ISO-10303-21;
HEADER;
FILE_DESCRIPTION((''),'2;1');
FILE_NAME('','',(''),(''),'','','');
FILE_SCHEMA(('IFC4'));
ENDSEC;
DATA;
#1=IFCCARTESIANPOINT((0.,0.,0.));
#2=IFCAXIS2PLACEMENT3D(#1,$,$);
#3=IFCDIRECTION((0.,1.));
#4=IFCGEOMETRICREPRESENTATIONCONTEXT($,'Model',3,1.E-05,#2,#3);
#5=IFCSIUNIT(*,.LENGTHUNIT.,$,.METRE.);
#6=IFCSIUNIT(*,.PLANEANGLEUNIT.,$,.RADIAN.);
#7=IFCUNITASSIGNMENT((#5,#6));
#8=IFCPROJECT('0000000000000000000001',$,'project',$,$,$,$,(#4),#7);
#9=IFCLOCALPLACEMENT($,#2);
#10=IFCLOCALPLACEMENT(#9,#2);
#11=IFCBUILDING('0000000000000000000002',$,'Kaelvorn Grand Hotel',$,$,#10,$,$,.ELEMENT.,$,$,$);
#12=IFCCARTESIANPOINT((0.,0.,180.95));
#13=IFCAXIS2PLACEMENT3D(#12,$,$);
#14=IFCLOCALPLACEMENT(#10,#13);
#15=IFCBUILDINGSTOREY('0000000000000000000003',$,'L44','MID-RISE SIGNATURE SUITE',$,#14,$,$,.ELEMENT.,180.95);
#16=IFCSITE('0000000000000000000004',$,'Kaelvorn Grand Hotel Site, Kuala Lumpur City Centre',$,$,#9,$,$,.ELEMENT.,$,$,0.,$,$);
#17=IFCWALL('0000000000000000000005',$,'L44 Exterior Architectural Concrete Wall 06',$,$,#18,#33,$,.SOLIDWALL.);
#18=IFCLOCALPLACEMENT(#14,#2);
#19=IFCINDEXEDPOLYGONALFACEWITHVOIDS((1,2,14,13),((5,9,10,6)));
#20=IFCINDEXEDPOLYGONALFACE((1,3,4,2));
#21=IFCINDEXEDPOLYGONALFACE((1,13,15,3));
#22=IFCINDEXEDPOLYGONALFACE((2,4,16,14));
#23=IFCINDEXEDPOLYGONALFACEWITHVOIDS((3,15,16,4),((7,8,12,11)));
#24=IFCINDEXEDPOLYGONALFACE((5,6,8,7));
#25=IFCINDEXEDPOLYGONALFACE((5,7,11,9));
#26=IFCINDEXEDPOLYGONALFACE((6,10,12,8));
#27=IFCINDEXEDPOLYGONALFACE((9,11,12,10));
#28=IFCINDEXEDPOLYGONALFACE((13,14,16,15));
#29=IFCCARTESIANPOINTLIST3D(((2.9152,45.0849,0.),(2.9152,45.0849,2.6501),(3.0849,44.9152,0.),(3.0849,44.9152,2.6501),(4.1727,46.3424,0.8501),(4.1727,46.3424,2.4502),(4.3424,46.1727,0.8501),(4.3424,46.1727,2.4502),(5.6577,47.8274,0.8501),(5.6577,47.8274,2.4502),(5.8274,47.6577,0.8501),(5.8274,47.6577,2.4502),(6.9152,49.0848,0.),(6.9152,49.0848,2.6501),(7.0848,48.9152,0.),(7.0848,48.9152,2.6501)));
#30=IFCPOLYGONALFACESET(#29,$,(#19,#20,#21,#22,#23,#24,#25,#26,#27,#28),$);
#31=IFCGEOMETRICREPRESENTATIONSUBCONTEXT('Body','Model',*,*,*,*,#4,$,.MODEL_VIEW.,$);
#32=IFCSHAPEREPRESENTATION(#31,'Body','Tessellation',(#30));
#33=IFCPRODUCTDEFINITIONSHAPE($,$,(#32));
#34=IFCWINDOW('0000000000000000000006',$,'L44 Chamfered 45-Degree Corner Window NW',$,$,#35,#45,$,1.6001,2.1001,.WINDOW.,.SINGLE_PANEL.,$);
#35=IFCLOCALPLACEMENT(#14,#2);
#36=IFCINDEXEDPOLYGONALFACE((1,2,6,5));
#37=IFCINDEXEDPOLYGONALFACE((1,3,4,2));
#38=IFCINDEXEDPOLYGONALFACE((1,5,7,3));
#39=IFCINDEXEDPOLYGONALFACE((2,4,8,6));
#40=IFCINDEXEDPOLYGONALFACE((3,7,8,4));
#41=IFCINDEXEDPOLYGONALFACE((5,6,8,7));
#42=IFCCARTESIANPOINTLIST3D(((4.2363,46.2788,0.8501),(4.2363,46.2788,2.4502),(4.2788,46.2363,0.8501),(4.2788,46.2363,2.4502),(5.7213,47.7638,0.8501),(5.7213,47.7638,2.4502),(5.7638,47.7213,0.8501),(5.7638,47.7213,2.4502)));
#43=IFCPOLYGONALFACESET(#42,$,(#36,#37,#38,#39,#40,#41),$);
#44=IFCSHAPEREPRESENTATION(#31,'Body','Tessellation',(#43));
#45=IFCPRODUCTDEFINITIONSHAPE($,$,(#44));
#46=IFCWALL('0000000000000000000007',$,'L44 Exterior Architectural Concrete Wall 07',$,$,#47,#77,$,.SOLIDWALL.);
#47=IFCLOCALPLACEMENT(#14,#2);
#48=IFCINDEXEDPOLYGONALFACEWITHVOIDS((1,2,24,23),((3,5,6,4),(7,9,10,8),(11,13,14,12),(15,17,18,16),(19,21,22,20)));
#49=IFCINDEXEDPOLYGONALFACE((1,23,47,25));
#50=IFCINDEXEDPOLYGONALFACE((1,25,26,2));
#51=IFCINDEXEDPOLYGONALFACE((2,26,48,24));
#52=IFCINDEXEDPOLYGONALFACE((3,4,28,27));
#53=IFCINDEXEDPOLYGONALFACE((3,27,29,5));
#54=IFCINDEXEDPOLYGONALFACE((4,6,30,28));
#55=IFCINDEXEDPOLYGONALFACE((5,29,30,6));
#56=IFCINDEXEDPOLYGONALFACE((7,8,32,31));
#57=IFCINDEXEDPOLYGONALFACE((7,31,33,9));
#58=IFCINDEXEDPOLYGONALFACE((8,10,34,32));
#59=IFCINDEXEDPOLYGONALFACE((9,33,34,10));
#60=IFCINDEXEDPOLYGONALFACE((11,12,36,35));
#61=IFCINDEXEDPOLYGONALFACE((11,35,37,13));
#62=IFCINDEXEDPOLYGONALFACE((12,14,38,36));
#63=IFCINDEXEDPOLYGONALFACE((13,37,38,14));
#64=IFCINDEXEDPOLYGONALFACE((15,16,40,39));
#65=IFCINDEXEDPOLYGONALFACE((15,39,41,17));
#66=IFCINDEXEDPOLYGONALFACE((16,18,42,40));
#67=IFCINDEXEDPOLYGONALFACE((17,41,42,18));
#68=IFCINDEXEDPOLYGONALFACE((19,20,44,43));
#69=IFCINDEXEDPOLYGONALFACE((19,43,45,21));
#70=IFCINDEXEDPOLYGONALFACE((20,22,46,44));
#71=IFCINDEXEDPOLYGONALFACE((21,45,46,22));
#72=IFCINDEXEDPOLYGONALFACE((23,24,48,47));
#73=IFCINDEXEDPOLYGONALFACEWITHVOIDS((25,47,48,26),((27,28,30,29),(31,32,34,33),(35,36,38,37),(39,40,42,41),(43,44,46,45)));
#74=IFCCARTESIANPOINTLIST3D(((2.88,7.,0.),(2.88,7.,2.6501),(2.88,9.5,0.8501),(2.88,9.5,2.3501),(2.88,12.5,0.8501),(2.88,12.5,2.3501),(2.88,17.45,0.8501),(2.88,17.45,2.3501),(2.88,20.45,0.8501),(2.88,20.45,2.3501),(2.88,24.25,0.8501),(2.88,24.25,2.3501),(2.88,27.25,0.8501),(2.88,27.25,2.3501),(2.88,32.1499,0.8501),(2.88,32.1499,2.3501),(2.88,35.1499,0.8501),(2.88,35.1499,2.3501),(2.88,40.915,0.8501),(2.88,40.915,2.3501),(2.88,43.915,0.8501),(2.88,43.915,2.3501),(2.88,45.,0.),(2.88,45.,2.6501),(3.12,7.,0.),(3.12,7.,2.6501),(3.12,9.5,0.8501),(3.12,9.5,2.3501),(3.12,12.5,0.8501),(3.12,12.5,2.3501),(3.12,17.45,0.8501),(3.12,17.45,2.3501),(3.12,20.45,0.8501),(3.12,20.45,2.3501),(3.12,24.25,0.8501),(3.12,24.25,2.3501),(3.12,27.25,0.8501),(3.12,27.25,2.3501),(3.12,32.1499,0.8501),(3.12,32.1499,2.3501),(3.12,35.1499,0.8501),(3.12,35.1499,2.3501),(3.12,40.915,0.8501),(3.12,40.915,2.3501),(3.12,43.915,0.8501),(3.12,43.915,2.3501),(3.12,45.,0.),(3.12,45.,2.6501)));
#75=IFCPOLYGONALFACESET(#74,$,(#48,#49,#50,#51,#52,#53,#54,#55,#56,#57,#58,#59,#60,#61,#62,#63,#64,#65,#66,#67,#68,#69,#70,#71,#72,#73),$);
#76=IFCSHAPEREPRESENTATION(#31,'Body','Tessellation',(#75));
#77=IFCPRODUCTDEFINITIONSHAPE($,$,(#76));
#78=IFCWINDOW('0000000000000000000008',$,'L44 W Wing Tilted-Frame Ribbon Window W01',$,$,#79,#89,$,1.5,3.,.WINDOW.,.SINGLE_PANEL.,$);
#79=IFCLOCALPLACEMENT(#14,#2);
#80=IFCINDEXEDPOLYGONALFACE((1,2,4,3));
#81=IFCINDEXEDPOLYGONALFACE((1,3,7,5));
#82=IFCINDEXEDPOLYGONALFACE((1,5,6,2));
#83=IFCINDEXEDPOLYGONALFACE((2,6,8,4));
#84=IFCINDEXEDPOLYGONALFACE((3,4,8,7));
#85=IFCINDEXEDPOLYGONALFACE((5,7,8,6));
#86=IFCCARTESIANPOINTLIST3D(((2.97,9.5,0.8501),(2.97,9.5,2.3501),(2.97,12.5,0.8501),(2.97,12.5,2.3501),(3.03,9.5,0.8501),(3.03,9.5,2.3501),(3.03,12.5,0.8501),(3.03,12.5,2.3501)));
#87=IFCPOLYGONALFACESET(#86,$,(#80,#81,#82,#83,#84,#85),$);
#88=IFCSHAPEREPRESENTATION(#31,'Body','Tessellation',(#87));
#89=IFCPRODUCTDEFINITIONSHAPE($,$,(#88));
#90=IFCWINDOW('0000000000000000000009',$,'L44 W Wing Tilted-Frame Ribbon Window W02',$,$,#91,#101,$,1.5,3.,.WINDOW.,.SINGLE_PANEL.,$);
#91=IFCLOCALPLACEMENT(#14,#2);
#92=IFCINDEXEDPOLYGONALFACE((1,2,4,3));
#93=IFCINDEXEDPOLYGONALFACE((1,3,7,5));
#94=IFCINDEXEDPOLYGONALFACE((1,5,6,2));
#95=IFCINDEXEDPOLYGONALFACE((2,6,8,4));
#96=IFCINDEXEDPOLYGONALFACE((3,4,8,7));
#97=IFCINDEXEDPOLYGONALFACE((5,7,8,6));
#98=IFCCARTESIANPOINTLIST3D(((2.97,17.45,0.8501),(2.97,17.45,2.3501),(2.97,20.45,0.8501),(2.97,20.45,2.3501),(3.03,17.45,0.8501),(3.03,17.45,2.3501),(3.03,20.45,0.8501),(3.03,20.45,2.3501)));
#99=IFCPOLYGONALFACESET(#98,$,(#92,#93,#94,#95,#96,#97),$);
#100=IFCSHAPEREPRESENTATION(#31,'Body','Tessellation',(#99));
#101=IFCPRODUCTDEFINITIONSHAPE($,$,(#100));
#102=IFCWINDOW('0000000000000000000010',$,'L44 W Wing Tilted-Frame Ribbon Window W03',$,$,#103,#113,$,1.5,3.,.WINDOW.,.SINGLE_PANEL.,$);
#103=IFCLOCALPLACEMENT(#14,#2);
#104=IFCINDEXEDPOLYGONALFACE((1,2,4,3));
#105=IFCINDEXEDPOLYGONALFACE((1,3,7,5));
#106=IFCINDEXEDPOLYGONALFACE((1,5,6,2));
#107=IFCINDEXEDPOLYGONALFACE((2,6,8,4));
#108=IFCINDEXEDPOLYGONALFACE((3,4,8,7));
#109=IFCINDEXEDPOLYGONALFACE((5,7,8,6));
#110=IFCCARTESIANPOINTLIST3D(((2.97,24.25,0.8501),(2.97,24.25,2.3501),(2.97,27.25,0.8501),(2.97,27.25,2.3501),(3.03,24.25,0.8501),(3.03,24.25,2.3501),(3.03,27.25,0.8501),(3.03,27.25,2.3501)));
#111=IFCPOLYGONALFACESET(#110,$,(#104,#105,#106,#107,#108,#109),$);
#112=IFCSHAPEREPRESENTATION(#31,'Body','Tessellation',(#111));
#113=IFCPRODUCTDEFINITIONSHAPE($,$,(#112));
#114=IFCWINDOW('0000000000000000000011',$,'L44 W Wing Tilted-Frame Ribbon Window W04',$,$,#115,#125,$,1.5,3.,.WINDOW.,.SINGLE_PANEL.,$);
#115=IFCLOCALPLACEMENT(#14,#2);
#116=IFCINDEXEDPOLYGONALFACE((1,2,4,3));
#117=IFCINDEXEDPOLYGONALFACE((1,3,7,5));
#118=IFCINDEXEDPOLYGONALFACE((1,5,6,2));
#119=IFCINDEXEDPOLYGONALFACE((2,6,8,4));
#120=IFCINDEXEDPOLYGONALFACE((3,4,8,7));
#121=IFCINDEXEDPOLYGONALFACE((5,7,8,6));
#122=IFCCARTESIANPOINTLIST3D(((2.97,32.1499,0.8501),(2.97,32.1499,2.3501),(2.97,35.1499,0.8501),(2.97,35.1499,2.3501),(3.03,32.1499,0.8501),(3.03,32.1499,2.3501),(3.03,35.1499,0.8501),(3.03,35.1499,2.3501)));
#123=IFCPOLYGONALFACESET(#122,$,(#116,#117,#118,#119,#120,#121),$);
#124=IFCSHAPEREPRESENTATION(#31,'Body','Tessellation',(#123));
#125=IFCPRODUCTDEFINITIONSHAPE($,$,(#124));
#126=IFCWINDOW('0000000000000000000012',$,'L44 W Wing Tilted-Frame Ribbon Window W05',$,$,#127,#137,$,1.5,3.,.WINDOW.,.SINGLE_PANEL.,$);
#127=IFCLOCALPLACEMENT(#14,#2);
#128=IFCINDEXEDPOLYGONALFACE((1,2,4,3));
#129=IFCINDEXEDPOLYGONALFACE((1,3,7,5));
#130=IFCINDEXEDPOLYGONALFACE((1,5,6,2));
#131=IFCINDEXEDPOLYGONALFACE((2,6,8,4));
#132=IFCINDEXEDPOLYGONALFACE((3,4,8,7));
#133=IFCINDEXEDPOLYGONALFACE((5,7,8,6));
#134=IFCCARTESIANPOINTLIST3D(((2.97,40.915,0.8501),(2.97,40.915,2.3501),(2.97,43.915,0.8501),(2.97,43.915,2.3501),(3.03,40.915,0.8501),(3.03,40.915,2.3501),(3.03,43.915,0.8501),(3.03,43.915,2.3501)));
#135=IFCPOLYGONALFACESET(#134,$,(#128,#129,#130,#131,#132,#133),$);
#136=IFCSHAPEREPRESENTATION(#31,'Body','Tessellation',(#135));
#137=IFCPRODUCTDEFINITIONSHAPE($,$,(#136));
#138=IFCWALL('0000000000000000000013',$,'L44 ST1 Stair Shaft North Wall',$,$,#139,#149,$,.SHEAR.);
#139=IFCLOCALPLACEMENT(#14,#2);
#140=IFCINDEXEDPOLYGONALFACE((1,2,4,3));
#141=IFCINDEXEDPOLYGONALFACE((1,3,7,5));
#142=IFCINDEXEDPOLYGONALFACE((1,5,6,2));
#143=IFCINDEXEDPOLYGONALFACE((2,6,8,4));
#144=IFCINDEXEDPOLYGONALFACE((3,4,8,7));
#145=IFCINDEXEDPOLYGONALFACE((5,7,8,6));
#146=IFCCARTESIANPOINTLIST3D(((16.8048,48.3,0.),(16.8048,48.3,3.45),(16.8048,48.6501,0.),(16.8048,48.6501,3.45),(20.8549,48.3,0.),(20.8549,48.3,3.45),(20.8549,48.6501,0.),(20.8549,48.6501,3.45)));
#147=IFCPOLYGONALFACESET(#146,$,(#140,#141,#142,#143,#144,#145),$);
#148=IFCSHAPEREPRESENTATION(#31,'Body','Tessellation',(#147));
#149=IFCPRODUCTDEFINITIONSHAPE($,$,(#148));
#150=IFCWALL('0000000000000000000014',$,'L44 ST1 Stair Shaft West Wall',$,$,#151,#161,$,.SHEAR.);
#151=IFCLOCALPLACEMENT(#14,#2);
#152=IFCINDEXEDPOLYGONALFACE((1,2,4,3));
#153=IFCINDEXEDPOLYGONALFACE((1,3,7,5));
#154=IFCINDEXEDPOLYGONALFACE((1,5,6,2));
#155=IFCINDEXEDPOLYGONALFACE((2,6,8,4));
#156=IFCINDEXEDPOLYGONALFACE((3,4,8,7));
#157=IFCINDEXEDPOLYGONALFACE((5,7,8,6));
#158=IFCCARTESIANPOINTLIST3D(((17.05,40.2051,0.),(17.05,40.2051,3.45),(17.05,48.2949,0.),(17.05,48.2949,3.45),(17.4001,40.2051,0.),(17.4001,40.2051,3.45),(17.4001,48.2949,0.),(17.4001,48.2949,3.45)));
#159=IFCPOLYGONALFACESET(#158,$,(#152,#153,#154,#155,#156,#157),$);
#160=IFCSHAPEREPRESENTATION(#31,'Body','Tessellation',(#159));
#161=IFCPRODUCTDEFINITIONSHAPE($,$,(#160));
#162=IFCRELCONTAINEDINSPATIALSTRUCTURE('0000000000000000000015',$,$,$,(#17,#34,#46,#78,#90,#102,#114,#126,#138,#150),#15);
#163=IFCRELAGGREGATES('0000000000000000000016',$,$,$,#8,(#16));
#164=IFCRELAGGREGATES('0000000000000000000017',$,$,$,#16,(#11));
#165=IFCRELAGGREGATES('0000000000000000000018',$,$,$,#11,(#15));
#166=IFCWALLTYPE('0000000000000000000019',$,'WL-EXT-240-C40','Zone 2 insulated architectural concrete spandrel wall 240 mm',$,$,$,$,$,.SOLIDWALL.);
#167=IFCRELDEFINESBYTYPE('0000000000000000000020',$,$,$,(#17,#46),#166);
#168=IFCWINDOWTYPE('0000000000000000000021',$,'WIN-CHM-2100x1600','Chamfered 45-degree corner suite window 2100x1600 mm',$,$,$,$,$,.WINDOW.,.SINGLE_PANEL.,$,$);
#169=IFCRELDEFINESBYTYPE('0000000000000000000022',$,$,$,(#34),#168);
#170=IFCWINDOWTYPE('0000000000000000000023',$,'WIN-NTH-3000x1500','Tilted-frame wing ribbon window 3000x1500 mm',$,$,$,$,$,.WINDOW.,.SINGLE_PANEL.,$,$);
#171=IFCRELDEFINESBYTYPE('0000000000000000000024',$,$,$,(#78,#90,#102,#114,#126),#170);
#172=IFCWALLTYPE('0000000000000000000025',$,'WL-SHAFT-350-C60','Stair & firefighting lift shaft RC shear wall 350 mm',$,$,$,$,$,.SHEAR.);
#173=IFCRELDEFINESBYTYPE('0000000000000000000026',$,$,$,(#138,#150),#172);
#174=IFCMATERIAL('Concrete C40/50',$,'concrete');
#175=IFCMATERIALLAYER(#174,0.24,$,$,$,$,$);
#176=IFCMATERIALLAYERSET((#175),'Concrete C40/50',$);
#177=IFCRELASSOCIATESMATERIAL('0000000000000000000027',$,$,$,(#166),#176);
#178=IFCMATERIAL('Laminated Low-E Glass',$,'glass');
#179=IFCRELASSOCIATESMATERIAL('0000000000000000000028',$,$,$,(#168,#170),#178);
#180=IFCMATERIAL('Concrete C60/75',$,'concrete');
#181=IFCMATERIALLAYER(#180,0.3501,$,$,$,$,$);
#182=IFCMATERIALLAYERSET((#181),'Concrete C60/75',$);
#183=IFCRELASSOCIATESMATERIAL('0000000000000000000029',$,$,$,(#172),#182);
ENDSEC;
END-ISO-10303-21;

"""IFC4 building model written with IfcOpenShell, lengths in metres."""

from ifc_helpers import new_model, si_unit, direction, frame, frame_2d, origin, place, context, subcontext, project, spatial, rectangle, extrude, material, layer, layer_set, type_object, element, fill, save


model = new_model("IFC4")

# Units and contexts
model_context = context("Model", 3, precision=1e-05, world=origin(), true_north=direction((0.0, 1.0)))
body_context = subcontext(model_context, "Body", "Model", "MODEL_VIEW")
ifc_project = project(units=[si_unit("LENGTHUNIT", "METRE"), si_unit("PLANEANGLEUNIT", "RADIAN")], contexts=[model_context])

# Site, building, storey
site_placement = place(None, origin())
site = spatial("IfcSite", under=ifc_project, at=site_placement, Name="Kaelvorn Grand Hotel Site, Kuala Lumpur City Centre", CompositionType="ELEMENT", RefElevation=0.0)
building_placement = place(site_placement, origin())
building = spatial("IfcBuilding", under=site, at=building_placement, Name="Kaelvorn Grand Hotel", CompositionType="ELEMENT")
storey_placement = place(building_placement, frame((0.0, 0.0, 180.95)))
storey = spatial("IfcBuildingStorey", under=building, at=storey_placement, Name="L44", Description="MID-RISE SIGNATURE SUITE", CompositionType="ELEMENT", Elevation=180.95)

# Shared definitions
ifc_material_1 = material(Name="Concrete C60/75", Category="concrete")

# Wall, opening, window
ifc_material_2 = material(Name="Concrete C40/50", Category="concrete")
ifc_layer_1 = layer(ifc_material_2, 0.24)
ifc_layer_set_1 = layer_set([ifc_layer_1], Name="Concrete C40/50")
wall_type_1 = type_object("IfcWallType", Name="WL-EXT-240-C40", Description="Zone 2 insulated architectural concrete spandrel wall 240 mm", PredefinedType="SOLIDWALL", material=ifc_layer_set_1)
wall_1_placement = place(storey_placement, frame((7.0, 49.0, 0.0), z_axis=(0.0, 0.0, 1.0), x_axis=(-0.707107, -0.707107, 0.0)))
wall_1 = element("IfcWall", 1, at=wall_1_placement, inside=storey, type_object=wall_type_1, Name="L44 Exterior Architectural Concrete Wall 06", PredefinedType="SOLIDWALL", context=body_context, shape_type="SweptSolid", body=[
    extrude(rectangle(XDim=5.6567, YDim=0.24, at=frame_2d((2.8284, 0.0))), origin(), (0.0, 0.0, 1.0), 2.6501),
])
opening_1_placement = place(wall_1_placement, frame((1.7783, 0.0, 0.8501)))
opening_1 = element("IfcOpeningElement", 2, at=opening_1_placement, cuts=wall_1, PredefinedType="OPENING", context=body_context, shape_type="SweptSolid", body=[
    extrude(rectangle(XDim=2.1001, YDim=1.6001, at=frame_2d((1.05, 0.8))), frame((0.0, 0.1299, 0.0), z_axis=(0.0, -1.0, 0.0), x_axis=(1.0, 0.0, 0.0)), (0.0, 0.0, 1.0), 0.26),
])
ifc_material_3 = material(Name="Laminated Low-E Glass", Category="glass")
window_type_1 = type_object("IfcWindowType", Name="WIN-CHM-2100x1600", Description="Chamfered 45-degree corner suite window 2100x1600 mm", PartitioningType="SINGLE_PANEL", PredefinedType="WINDOW", material=ifc_material_3)
window_1_placement = place(opening_1_placement, origin())
window_1 = element("IfcWindow", 3, at=window_1_placement, inside=storey, type_object=window_type_1, Name="L44 Chamfered 45-Degree Corner Window NW", OverallHeight=1.6001, OverallWidth=2.1001, PartitioningType="SINGLE_PANEL", PredefinedType="WINDOW", context=body_context, shape_type="SweptSolid", body=[
    extrude(rectangle(XDim=2.1001, YDim=1.6001, at=frame_2d((1.05, 0.8))), frame((0.0, 0.03, 0.0), z_axis=(0.0, -1.0, 0.0), x_axis=(1.0, 0.0, 0.0)), (0.0, 0.0, 1.0), 0.0601),
])
fill(opening_1, window_1)

# Wall, openings, windows
wall_2_placement = place(storey_placement, frame((3.0, 45.0, 0.0), z_axis=(0.0, 0.0, 1.0), x_axis=(0.0, -1.0, 0.0)))
wall_2 = element("IfcWall", 4, at=wall_2_placement, inside=storey, type_object=wall_type_1, Name="L44 Exterior Architectural Concrete Wall 07", PredefinedType="SOLIDWALL", context=body_context, shape_type="SweptSolid", body=[
    extrude(rectangle(XDim=38.0, YDim=0.24, at=frame_2d((19.0, 0.0))), origin(), (0.0, 0.0, 1.0), 2.6501),
])
opening_2_placement = place(wall_2_placement, frame((32.5, 0.0, 0.8501)))
opening_2 = element("IfcOpeningElement", 5, at=opening_2_placement, cuts=wall_2, PredefinedType="OPENING", context=body_context, shape_type="SweptSolid", body=[
    extrude(rectangle(XDim=3.0, YDim=1.5, at=frame_2d((1.5, 0.75))), frame((0.0, 0.1299, 0.0), z_axis=(0.0, -1.0, 0.0), x_axis=(1.0, 0.0, 0.0)), (0.0, 0.0, 1.0), 0.26),
])
opening_3_placement = place(wall_2_placement, frame((24.55, 0.0, 0.8501)))
opening_3 = element("IfcOpeningElement", 6, at=opening_3_placement, cuts=wall_2, PredefinedType="OPENING", context=body_context, shape_type="SweptSolid", body=[
    extrude(rectangle(XDim=3.0, YDim=1.5, at=frame_2d((1.5, 0.75))), frame((0.0, 0.1299, 0.0), z_axis=(0.0, -1.0, 0.0), x_axis=(1.0, 0.0, 0.0)), (0.0, 0.0, 1.0), 0.26),
])
opening_4_placement = place(wall_2_placement, frame((17.75, 0.0, 0.8501)))
opening_4 = element("IfcOpeningElement", 7, at=opening_4_placement, cuts=wall_2, PredefinedType="OPENING", context=body_context, shape_type="SweptSolid", body=[
    extrude(rectangle(XDim=3.0, YDim=1.5, at=frame_2d((1.5, 0.75))), frame((0.0, 0.1299, 0.0), z_axis=(0.0, -1.0, 0.0), x_axis=(1.0, 0.0, 0.0)), (0.0, 0.0, 1.0), 0.26),
])
opening_5_placement = place(wall_2_placement, frame((9.8501, 0.0, 0.8501)))
opening_5 = element("IfcOpeningElement", 8, at=opening_5_placement, cuts=wall_2, PredefinedType="OPENING", context=body_context, shape_type="SweptSolid", body=[
    extrude(rectangle(XDim=3.0, YDim=1.5, at=frame_2d((1.5, 0.75))), frame((0.0, 0.1299, 0.0), z_axis=(0.0, -1.0, 0.0), x_axis=(1.0, 0.0, 0.0)), (0.0, 0.0, 1.0), 0.26),
])
opening_6_placement = place(wall_2_placement, frame((1.085, 0.0, 0.8501)))
opening_6 = element("IfcOpeningElement", 9, at=opening_6_placement, cuts=wall_2, PredefinedType="OPENING", context=body_context, shape_type="SweptSolid", body=[
    extrude(rectangle(XDim=3.0, YDim=1.5, at=frame_2d((1.5, 0.75))), frame((0.0, 0.1299, 0.0), z_axis=(0.0, -1.0, 0.0), x_axis=(1.0, 0.0, 0.0)), (0.0, 0.0, 1.0), 0.26),
])
window_type_2 = type_object("IfcWindowType", Name="WIN-NTH-3000x1500", Description="Tilted-frame wing ribbon window 3000x1500 mm", PartitioningType="SINGLE_PANEL", PredefinedType="WINDOW", material=ifc_material_3)
window_2_placement = place(opening_2_placement, origin())
window_2 = element("IfcWindow", 10, at=window_2_placement, inside=storey, type_object=window_type_2, Name="L44 W Wing Tilted-Frame Ribbon Window W01", OverallHeight=1.5, OverallWidth=3.0, PartitioningType="SINGLE_PANEL", PredefinedType="WINDOW", context=body_context, shape_type="SweptSolid", body=[
    extrude(rectangle(XDim=3.0, YDim=1.5, at=frame_2d((1.5, 0.75))), frame((0.0, 0.03, 0.0), z_axis=(0.0, -1.0, 0.0), x_axis=(1.0, 0.0, 0.0)), (0.0, 0.0, 1.0), 0.0601),
])
fill(opening_2, window_2)
window_3_placement = place(opening_3_placement, origin())
window_3 = element("IfcWindow", 11, at=window_3_placement, inside=storey, type_object=window_type_2, Name="L44 W Wing Tilted-Frame Ribbon Window W02", OverallHeight=1.5, OverallWidth=3.0, PartitioningType="SINGLE_PANEL", PredefinedType="WINDOW", context=body_context, shape_type="SweptSolid", body=[
    extrude(rectangle(XDim=3.0, YDim=1.5, at=frame_2d((1.5, 0.75))), frame((0.0, 0.03, 0.0), z_axis=(0.0, -1.0, 0.0), x_axis=(1.0, 0.0, 0.0)), (0.0, 0.0, 1.0), 0.0601),
])
fill(opening_3, window_3)
window_4_placement = place(opening_4_placement, origin())
window_4 = element("IfcWindow", 12, at=window_4_placement, inside=storey, type_object=window_type_2, Name="L44 W Wing Tilted-Frame Ribbon Window W03", OverallHeight=1.5, OverallWidth=3.0, PartitioningType="SINGLE_PANEL", PredefinedType="WINDOW", context=body_context, shape_type="SweptSolid", body=[
    extrude(rectangle(XDim=3.0, YDim=1.5, at=frame_2d((1.5, 0.75))), frame((0.0, 0.03, 0.0), z_axis=(0.0, -1.0, 0.0), x_axis=(1.0, 0.0, 0.0)), (0.0, 0.0, 1.0), 0.0601),
])
fill(opening_4, window_4)
window_5_placement = place(opening_5_placement, origin())
window_5 = element("IfcWindow", 13, at=window_5_placement, inside=storey, type_object=window_type_2, Name="L44 W Wing Tilted-Frame Ribbon Window W04", OverallHeight=1.5, OverallWidth=3.0, PartitioningType="SINGLE_PANEL", PredefinedType="WINDOW", context=body_context, shape_type="SweptSolid", body=[
    extrude(rectangle(XDim=3.0, YDim=1.5, at=frame_2d((1.5, 0.75))), frame((0.0, 0.03, 0.0), z_axis=(0.0, -1.0, 0.0), x_axis=(1.0, 0.0, 0.0)), (0.0, 0.0, 1.0), 0.0601),
])
fill(opening_5, window_5)
window_6_placement = place(opening_6_placement, origin())
window_6 = element("IfcWindow", 14, at=window_6_placement, inside=storey, type_object=window_type_2, Name="L44 W Wing Tilted-Frame Ribbon Window W05", OverallHeight=1.5, OverallWidth=3.0, PartitioningType="SINGLE_PANEL", PredefinedType="WINDOW", context=body_context, shape_type="SweptSolid", body=[
    extrude(rectangle(XDim=3.0, YDim=1.5, at=frame_2d((1.5, 0.75))), frame((0.0, 0.03, 0.0), z_axis=(0.0, -1.0, 0.0), x_axis=(1.0, 0.0, 0.0)), (0.0, 0.0, 1.0), 0.0601),
])
fill(opening_6, window_6)

# Shared definitions
ifc_layer_2 = layer(ifc_material_1, 0.3501)
ifc_layer_set_2 = layer_set([ifc_layer_2], Name="Concrete C60/75")
wall_type_2 = type_object("IfcWallType", Name="WL-SHAFT-350-C60", Description="Stair & firefighting lift shaft RC shear wall 350 mm", PredefinedType="SHEAR", material=ifc_layer_set_2)

# Walls
wall_3_placement = place(storey_placement, frame((16.8049, 48.4751, 0.0), z_axis=(0.0, 0.0, 1.0), x_axis=(1.0, 0.0, 0.0)))
element("IfcWall", 15, at=wall_3_placement, inside=storey, type_object=wall_type_2, Name="L44 ST1 Stair Shaft North Wall", PredefinedType="SHEAR", context=body_context, shape_type="SweptSolid", body=[
    extrude(rectangle(XDim=4.05, YDim=0.3501, at=frame_2d((2.0249, 0.0))), origin(), (0.0, 0.0, 1.0), 3.45),
])
wall_4_placement = place(storey_placement, frame((17.2251, 40.2051, 0.0), z_axis=(0.0, 0.0, 1.0), x_axis=(0.0, 1.0, 0.0)))
element("IfcWall", 16, at=wall_4_placement, inside=storey, type_object=wall_type_2, Name="L44 ST1 Stair Shaft West Wall", PredefinedType="SHEAR", context=body_context, shape_type="SweptSolid", body=[
    extrude(rectangle(XDim=8.0898, YDim=0.3501, at=frame_2d((4.0449, 0.0))), origin(), (0.0, 0.0, 1.0), 3.45),
])

save(model, "model.ifc")
